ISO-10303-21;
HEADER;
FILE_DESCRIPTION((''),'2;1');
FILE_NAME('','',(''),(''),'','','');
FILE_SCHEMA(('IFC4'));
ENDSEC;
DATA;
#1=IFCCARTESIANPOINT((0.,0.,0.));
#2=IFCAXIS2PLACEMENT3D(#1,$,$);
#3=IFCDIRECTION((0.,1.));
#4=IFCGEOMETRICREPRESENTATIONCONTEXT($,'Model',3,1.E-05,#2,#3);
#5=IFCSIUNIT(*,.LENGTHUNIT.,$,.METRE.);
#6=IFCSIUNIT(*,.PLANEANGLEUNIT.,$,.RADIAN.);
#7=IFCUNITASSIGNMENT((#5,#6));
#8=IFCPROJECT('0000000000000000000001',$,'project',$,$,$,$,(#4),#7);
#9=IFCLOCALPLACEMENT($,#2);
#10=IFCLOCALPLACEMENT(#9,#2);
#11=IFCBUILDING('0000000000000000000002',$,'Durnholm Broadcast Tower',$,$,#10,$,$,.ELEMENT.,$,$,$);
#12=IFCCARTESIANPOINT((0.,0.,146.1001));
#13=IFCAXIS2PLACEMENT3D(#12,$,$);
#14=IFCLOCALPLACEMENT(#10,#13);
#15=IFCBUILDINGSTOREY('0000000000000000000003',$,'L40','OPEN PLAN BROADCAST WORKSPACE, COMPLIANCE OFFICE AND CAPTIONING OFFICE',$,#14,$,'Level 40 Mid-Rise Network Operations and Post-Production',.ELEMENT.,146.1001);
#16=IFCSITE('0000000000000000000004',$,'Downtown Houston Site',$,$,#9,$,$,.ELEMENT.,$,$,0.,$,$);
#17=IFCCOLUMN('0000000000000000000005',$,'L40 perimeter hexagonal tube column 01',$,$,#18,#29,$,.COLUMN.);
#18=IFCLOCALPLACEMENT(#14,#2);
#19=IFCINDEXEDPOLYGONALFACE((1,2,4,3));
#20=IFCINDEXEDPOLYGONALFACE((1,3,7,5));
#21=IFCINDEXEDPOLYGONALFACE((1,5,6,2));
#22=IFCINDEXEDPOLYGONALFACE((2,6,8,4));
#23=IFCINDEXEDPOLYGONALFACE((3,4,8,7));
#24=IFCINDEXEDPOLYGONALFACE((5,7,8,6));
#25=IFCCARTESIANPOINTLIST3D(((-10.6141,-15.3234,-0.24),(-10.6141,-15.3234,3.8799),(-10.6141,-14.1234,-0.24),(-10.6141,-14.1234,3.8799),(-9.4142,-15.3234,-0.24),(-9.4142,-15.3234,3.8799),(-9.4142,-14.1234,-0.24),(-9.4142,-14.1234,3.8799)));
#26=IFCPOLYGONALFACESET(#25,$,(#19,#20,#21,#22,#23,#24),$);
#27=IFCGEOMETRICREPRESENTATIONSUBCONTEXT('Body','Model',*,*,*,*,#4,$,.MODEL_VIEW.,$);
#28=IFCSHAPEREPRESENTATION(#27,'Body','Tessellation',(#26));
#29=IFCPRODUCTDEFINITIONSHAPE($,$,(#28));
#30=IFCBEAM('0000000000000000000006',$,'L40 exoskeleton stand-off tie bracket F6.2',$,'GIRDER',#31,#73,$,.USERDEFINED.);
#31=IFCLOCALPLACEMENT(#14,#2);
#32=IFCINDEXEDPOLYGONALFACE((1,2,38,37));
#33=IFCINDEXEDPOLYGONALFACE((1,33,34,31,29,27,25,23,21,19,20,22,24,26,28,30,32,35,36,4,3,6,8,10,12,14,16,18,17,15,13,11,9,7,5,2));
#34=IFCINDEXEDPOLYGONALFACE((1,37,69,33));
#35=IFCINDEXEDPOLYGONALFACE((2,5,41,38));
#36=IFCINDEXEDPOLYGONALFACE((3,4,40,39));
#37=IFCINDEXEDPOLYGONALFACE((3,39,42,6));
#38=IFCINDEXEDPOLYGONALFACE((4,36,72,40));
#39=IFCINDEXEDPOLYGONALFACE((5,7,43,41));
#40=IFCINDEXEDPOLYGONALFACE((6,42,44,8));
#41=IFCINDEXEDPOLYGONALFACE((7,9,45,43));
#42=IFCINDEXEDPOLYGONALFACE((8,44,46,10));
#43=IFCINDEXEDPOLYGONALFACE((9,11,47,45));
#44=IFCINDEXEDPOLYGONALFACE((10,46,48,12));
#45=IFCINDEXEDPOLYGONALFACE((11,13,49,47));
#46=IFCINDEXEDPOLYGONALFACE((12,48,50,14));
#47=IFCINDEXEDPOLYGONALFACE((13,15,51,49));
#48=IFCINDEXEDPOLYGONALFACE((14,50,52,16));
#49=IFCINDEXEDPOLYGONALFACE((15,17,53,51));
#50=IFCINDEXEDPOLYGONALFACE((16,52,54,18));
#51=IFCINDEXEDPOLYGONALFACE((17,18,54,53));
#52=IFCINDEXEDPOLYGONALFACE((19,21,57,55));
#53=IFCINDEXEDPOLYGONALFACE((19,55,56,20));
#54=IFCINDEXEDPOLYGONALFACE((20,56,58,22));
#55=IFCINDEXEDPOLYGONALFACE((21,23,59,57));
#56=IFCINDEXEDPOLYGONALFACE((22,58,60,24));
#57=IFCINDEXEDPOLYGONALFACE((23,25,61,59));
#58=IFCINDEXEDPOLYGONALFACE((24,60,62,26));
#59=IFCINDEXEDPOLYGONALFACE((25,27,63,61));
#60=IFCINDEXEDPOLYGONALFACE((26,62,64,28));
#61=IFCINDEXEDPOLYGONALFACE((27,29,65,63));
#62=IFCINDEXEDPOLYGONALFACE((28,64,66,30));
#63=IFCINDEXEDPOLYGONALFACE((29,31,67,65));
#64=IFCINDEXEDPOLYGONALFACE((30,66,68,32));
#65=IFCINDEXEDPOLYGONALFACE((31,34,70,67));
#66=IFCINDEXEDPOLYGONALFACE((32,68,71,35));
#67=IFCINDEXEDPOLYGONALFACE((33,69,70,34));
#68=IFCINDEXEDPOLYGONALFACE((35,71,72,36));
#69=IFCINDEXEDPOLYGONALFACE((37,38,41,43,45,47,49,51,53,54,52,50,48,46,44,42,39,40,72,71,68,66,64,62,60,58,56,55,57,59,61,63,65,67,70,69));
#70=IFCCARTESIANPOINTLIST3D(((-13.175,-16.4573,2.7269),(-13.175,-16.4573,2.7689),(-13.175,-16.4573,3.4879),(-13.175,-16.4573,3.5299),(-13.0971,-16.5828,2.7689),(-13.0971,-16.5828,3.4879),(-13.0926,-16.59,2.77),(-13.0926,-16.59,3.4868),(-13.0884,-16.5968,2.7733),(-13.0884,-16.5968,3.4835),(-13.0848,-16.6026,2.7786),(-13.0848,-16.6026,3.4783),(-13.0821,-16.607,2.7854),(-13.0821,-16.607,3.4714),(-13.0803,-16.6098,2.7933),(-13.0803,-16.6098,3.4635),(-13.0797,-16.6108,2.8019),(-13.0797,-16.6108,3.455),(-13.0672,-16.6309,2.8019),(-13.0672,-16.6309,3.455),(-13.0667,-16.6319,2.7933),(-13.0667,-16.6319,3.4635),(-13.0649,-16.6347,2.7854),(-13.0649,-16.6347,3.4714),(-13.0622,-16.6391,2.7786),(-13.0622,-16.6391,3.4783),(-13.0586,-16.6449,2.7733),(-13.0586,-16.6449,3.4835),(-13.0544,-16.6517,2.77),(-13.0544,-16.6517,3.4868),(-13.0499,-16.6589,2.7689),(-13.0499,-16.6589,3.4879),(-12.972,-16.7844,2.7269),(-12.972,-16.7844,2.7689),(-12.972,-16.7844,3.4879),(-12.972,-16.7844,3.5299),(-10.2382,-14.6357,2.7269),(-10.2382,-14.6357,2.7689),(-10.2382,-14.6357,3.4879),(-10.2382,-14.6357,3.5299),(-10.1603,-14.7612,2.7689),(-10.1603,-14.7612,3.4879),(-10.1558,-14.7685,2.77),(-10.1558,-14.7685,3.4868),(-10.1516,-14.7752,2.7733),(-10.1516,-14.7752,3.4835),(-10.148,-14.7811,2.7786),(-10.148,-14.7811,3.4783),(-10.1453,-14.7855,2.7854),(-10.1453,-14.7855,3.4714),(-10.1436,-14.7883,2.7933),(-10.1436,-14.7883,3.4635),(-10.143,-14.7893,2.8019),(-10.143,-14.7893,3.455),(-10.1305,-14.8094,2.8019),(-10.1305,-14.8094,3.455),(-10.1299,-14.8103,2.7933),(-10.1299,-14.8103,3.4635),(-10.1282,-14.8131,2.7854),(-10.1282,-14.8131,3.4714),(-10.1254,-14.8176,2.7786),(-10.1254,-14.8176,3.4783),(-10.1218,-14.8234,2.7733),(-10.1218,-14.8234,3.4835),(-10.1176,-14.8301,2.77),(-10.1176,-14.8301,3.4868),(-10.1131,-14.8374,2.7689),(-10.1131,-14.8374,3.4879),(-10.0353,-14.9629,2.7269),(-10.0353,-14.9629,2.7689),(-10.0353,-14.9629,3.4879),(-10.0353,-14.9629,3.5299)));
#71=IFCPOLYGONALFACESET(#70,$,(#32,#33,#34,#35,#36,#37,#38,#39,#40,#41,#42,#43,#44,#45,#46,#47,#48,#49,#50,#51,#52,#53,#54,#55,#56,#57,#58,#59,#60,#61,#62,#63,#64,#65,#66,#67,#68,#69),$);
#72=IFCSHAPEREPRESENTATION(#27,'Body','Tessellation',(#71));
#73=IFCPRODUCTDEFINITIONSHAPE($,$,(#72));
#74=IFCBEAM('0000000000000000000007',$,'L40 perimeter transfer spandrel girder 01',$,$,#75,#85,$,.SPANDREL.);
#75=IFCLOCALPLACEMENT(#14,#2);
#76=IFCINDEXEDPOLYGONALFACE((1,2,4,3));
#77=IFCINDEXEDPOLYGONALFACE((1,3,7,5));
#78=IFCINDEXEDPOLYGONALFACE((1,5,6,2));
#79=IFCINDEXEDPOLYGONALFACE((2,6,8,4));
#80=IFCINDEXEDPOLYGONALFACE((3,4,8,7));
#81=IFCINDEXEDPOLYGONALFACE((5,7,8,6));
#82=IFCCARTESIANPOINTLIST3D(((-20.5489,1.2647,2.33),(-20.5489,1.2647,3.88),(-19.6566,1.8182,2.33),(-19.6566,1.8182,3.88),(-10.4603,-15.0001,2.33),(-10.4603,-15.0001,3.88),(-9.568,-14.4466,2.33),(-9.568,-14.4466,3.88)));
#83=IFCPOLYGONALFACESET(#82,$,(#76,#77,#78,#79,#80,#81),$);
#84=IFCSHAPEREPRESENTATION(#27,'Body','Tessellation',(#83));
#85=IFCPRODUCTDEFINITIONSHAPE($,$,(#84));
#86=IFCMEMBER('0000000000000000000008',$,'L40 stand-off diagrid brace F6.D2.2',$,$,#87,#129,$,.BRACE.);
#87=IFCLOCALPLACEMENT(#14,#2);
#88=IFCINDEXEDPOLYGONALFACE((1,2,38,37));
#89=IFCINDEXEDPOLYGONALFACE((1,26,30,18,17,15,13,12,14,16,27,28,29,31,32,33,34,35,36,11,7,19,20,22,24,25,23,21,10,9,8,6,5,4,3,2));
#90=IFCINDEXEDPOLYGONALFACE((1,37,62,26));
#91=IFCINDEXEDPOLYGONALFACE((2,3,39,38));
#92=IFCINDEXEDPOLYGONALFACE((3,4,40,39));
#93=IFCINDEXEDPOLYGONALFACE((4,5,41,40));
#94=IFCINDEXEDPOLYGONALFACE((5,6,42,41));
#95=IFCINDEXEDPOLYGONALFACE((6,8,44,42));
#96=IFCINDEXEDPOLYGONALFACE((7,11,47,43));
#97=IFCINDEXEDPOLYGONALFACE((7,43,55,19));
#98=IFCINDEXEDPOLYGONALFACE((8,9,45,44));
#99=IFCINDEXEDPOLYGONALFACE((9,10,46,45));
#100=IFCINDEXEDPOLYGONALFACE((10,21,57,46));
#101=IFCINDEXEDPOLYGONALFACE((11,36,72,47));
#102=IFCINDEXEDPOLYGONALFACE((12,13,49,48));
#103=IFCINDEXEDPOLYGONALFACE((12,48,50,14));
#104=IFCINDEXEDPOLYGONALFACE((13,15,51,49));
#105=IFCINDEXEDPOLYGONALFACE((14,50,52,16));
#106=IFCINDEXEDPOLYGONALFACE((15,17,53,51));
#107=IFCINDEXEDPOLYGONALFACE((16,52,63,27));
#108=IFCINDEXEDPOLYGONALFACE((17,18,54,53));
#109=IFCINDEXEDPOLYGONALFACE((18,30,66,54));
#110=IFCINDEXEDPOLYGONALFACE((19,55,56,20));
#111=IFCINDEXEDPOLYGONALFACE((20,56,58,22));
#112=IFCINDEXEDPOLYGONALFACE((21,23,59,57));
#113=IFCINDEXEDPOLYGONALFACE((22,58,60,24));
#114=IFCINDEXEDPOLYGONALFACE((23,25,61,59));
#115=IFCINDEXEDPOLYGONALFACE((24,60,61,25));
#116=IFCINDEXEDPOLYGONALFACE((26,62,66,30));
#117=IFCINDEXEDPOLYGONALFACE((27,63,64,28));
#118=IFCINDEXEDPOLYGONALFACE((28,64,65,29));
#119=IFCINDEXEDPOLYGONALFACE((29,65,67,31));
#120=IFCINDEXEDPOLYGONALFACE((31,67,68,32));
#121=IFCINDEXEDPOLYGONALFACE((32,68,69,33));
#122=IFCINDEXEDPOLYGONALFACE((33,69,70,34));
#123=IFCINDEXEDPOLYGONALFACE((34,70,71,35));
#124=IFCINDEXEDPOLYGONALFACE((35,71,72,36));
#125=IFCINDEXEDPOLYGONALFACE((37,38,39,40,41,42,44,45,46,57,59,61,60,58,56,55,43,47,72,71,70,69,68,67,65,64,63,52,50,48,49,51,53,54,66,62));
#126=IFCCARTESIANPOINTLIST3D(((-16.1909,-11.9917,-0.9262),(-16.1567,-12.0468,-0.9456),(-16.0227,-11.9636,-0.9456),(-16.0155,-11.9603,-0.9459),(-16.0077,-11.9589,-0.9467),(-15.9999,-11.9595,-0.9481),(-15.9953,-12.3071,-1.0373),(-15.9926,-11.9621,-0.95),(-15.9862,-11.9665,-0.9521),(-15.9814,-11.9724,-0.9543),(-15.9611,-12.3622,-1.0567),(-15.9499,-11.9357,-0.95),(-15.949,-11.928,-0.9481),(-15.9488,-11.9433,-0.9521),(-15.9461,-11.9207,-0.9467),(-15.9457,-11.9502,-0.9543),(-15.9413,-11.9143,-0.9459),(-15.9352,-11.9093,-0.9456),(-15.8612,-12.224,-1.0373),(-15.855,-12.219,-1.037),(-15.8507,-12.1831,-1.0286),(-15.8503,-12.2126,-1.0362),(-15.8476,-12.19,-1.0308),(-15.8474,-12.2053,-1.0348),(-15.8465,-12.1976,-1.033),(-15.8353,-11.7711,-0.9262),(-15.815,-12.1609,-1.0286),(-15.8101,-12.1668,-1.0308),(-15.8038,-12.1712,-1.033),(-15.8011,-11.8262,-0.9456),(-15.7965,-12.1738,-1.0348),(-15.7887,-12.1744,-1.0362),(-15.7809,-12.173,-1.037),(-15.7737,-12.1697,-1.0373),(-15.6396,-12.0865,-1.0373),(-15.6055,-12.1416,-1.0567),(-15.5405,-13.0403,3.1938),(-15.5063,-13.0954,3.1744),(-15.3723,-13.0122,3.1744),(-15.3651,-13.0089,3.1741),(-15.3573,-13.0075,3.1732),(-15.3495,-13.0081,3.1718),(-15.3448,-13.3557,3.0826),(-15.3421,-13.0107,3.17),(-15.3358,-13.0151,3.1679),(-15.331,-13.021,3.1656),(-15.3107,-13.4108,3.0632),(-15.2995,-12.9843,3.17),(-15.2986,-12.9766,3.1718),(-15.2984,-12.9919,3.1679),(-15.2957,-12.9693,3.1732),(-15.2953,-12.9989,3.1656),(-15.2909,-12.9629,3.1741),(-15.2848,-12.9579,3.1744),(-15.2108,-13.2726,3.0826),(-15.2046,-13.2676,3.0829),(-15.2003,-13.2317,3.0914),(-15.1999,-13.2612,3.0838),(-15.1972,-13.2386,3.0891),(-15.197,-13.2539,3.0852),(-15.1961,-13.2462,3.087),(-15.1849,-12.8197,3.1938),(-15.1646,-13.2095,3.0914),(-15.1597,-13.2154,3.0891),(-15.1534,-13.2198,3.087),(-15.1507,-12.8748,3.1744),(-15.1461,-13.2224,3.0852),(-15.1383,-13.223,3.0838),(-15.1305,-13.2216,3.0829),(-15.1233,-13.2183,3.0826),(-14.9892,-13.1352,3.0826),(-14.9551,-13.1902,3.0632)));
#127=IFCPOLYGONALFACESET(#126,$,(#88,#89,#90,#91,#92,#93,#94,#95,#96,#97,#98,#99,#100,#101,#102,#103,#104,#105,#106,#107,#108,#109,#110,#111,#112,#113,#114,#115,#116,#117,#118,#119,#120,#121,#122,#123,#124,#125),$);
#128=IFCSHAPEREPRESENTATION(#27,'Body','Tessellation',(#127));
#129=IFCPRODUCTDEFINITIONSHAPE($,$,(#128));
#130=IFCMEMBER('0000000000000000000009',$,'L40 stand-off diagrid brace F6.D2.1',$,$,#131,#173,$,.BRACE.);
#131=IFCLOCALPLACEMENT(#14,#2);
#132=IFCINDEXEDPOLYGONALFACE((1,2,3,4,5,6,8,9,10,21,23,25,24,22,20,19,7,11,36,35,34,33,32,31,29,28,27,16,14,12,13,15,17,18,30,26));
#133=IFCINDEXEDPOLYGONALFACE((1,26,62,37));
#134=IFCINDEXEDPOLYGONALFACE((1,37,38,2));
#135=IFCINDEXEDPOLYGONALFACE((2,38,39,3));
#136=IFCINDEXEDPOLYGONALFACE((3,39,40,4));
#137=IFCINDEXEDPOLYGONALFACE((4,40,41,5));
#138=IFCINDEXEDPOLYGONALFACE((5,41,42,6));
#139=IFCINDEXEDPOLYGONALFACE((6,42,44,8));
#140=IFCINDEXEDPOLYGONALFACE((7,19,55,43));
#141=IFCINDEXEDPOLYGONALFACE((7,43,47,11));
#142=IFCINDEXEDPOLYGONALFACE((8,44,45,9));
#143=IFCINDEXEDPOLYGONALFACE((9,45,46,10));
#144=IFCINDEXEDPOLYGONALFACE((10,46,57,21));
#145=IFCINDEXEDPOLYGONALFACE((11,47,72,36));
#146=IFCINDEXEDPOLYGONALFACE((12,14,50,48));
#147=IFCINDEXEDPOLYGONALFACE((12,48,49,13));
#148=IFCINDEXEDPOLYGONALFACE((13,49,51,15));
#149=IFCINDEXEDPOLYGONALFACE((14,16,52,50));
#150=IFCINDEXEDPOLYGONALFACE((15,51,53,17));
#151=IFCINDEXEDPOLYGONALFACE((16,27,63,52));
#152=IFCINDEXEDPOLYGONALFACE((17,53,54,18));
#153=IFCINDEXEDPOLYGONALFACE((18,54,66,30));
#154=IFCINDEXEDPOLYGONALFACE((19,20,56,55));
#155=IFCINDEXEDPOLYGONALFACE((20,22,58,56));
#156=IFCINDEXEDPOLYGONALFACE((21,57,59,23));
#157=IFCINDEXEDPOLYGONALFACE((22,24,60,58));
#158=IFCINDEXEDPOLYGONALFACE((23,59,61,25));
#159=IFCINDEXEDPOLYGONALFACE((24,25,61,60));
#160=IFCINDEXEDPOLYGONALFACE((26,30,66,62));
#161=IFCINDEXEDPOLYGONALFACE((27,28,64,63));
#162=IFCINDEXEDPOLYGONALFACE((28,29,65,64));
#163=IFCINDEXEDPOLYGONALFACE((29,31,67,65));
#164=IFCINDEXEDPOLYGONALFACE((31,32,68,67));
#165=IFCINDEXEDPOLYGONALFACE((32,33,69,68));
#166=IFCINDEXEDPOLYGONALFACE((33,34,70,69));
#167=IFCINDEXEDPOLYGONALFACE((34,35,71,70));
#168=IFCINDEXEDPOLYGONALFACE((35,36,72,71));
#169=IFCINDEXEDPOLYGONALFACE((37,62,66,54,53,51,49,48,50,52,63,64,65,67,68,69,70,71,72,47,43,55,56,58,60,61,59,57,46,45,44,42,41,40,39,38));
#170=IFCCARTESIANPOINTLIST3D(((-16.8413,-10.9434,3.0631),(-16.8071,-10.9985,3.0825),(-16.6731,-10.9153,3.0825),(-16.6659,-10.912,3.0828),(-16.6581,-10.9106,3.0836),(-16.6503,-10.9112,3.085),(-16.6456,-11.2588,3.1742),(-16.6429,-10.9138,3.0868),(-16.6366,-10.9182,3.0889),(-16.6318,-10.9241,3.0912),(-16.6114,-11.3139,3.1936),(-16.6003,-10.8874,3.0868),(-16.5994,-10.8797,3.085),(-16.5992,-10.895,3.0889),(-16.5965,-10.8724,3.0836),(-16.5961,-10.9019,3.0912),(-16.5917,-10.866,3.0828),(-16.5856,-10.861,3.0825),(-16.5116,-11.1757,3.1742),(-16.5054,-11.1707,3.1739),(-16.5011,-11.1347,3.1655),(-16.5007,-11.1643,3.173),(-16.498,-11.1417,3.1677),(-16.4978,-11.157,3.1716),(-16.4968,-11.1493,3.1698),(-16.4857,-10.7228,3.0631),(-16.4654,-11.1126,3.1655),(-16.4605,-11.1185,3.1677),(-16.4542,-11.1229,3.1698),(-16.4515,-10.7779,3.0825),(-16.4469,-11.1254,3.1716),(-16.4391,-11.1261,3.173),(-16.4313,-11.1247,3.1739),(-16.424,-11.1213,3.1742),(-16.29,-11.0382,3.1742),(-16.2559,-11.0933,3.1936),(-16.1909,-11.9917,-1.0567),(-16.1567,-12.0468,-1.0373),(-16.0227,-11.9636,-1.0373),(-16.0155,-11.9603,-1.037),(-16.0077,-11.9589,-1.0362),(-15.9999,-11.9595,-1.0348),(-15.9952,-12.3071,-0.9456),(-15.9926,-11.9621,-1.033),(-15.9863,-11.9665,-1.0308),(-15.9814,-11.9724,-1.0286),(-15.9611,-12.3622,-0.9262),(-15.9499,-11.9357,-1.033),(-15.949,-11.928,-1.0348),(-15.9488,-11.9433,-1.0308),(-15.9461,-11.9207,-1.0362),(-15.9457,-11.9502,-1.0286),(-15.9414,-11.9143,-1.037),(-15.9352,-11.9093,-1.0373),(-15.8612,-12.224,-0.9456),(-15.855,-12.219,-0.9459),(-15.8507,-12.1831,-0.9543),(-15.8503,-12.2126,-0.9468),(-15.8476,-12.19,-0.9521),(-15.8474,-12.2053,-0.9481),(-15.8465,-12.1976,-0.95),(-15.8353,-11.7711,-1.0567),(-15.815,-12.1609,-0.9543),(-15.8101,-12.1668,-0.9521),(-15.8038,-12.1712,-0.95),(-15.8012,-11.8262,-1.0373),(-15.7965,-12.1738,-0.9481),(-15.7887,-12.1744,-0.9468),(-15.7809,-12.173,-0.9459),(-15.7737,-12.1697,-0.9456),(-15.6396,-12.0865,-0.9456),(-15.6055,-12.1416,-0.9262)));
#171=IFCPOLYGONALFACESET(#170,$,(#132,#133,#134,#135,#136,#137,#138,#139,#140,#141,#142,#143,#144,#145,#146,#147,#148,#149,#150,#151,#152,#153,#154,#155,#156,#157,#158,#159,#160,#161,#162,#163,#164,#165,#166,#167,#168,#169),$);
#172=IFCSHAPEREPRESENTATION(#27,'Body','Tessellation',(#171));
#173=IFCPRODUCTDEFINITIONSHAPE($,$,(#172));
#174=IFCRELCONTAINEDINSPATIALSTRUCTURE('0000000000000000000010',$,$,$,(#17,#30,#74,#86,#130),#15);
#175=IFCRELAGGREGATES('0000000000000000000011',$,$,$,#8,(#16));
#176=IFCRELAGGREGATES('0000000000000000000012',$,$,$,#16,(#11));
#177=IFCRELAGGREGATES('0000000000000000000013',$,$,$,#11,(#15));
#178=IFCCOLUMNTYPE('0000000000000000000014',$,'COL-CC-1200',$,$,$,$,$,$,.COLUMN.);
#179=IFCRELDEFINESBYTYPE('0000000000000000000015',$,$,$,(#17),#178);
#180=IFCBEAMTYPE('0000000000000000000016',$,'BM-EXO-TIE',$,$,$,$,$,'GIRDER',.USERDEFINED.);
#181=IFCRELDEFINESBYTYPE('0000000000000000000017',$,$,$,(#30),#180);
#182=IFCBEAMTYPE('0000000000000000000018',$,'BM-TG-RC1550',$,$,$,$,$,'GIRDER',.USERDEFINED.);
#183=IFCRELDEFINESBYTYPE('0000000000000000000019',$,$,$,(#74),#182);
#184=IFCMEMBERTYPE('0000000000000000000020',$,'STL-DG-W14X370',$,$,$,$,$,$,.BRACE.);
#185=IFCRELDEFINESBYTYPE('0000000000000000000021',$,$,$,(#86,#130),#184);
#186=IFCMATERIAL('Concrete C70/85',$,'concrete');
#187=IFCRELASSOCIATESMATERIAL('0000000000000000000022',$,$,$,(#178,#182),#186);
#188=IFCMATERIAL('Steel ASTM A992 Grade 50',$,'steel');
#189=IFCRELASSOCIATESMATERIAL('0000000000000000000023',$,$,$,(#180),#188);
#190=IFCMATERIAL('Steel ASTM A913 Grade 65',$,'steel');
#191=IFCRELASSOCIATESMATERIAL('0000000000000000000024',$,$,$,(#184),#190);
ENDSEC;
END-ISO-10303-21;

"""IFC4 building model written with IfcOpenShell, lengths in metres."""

from ifc_helpers import new_model, si_unit, direction, frame, origin, origin_2d, place, context, subcontext, project, spatial, rectangle, i_section, extrude, source, transform, mapped, material, material_profile, profile_set, type_object, type_shapes, element, save


model = new_model("IFC4")

# Units and contexts
model_context = context("Model", 3, precision=1e-05, world=origin(), true_north=direction((0.0, 1.0)))
body_context = subcontext(model_context, "Body", "Model", "MODEL_VIEW")
ifc_project = project(units=[si_unit("LENGTHUNIT", "METRE"), si_unit("PLANEANGLEUNIT", "RADIAN")], contexts=[model_context])

# Site, building, storey
site_placement = place(None, origin())
site = spatial("IfcSite", under=ifc_project, at=site_placement, Name="Downtown Houston Site", CompositionType="ELEMENT", RefElevation=0.0)
building_placement = place(site_placement, origin())
building = spatial("IfcBuilding", under=site, at=building_placement, Name="Durnholm Broadcast Tower", CompositionType="ELEMENT")
storey_placement = place(building_placement, frame((0.0, 0.0, 146.1001)))
storey = spatial("IfcBuildingStorey", under=building, at=storey_placement, Name="L40", Description="OPEN PLAN BROADCAST WORKSPACE, COMPLIANCE OFFICE AND CAPTIONING OFFICE", LongName="Level 40 Mid-Rise Network Operations and Post-Production", CompositionType="ELEMENT", Elevation=146.1001)

# Column
ifc_material_1 = material(Name="Concrete C70/85", Category="concrete")
ifc_material_profile_1 = material_profile(ifc_material_1, rectangle(XDim=1.2, YDim=1.2, at=origin_2d()), Name="RC1200X1200")
ifc_profile_set_1 = profile_set([ifc_material_profile_1], Name="Concrete C70/85")
column_type = type_object("IfcColumnType", Name="COL-CC-1200", PredefinedType="COLUMN", material=ifc_profile_set_1)
shared_shape_1 = source(origin(), body_context, "Body", "SweptSolid", [
    extrude(rectangle(XDim=1.2, YDim=1.2, at=origin_2d()), origin(), (0.0, 0.0, 1.0), 4.1199),
])
type_shapes(column_type, [shared_shape_1])
column_placement = place(storey_placement, frame((-10.0142, -14.7234, -0.24), z_axis=(0.0, 0.0, 1.0), x_axis=(1.0, 0.0, 0.0)))
element("IfcColumn", 1, at=column_placement, inside=storey, type_object=column_type, Name="L40 perimeter hexagonal tube column 01", PredefinedType="COLUMN", context=body_context, shape_type="MappedRepresentation", body=[
    mapped(shared_shape_1, transform((0.0, 0.0, 0.0), x_axis=(1.0, 0.0, 0.0), y_axis=(0.0, 1.0, 0.0), z_axis=(0.0, 0.0, 1.0), scale=1.0)),
])

# Beams
ifc_material_2 = material(Name="Steel ASTM A992 Grade 50", Category="steel")
ifc_material_profile_2 = material_profile(ifc_material_2, i_section(OverallWidth=0.385, OverallDepth=0.803, WebThickness=0.0237, FlangeThickness=0.042, FilletRadius=0.033, at=origin_2d()), Name="W30X261")
ifc_profile_set_2 = profile_set([ifc_material_profile_2], Name="Steel ASTM A992 Grade 50")
beam_type_1 = type_object("IfcBeamType", Name="BM-EXO-TIE", ElementType="GIRDER", PredefinedType="USERDEFINED", material=ifc_profile_set_2)
shared_shape_2 = source(origin(), body_context, "Body", "SweptSolid", [
    extrude(i_section(OverallWidth=0.385, OverallDepth=0.803, WebThickness=0.0237, FlangeThickness=0.042, FilletRadius=0.033, at=origin_2d()), origin(), (0.0, 0.0, 1.0), 3.4558),
])
type_shapes(beam_type_1, [shared_shape_2])
beam_1_placement = place(storey_placement, frame((-10.1367, -14.7993, 3.1284), z_axis=(-0.849807, -0.527094, 0.0), x_axis=(0.527094, -0.849807, 0.0)))
element("IfcBeam", 2, at=beam_1_placement, inside=storey, type_object=beam_type_1, Name="L40 exoskeleton stand-off tie bracket F6.2", ObjectType="GIRDER", PredefinedType="USERDEFINED", context=body_context, shape_type="MappedRepresentation", body=[
    mapped(shared_shape_2, transform((0.0, 0.0, 0.0), x_axis=(1.0, 0.0, 0.0), y_axis=(0.0, 1.0, 0.0), z_axis=(0.0, 0.0, 1.0), scale=1.0)),
])
ifc_material_profile_3 = material_profile(ifc_material_1, rectangle(XDim=1.05, YDim=1.55, at=origin_2d()), Name="RC1050X1550")
ifc_profile_set_3 = profile_set([ifc_material_profile_3], Name="Concrete C70/85")
beam_type_2 = type_object("IfcBeamType", Name="BM-TG-RC1550", ElementType="GIRDER", PredefinedType="USERDEFINED", material=ifc_profile_set_3)
shared_shape_3 = source(origin(), body_context, "Body", "SweptSolid", [
    extrude(rectangle(XDim=1.05, YDim=1.55, at=origin_2d()), origin(), (0.0, 0.0, 1.0), 19.1396),
])
type_shapes(beam_type_2, [shared_shape_3])
beam_2_placement = place(storey_placement, frame((-10.0142, -14.7234, 3.105), z_axis=(-0.527105, 0.8498, 0.0), x_axis=(-0.8498, -0.527105, 0.0)))
element("IfcBeam", 3, at=beam_2_placement, inside=storey, type_object=beam_type_2, Name="L40 perimeter transfer spandrel girder 01", PredefinedType="SPANDREL", context=body_context, shape_type="MappedRepresentation", body=[
    mapped(shared_shape_3, transform((0.0, 0.0, 0.0), x_axis=(1.0, 0.0, 0.0), y_axis=(0.0, 1.0, 0.0), z_axis=(0.0, 0.0, 1.0), scale=1.0)),
])

# Members
ifc_material_3 = material(Name="Steel ASTM A913 Grade 65", Category="steel")
ifc_material_profile_4 = material_profile(ifc_material_3, i_section(OverallWidth=0.4185, OverallDepth=0.4551, WebThickness=0.042, FlangeThickness=0.0676, FilletRadius=0.0305, at=origin_2d()), Name="W14X370")
ifc_profile_set_4 = profile_set([ifc_material_profile_4], Name="Steel ASTM A913 Grade 65")
member_type_1 = type_object("IfcMemberType", Name="STL-DG-W14X370", PredefinedType="BRACE", material=ifc_profile_set_4)
shared_shape_4 = source(origin(), body_context, "Body", "SweptSolid", [
    extrude(i_section(OverallWidth=0.4185, OverallDepth=0.4551, WebThickness=0.042, FlangeThickness=0.0676, FilletRadius=0.0305, at=origin_2d()), origin(), (0.0, 0.0, 1.0), 4.3008),
])
member_1_placement = place(storey_placement, frame((-15.8982, -12.0667, -0.9915), z_axis=(0.15123, -0.243818, 0.957957), x_axis=(0.849805, 0.527097, 0.0)))
element("IfcMember", 4, at=member_1_placement, inside=storey, type_object=member_type_1, Name="L40 stand-off diagrid brace F6.D2.2", PredefinedType="BRACE", context=body_context, shape_type="MappedRepresentation", body=[
    mapped(shared_shape_4, transform((0.0, 0.0, 0.0), x_axis=(1.0, 0.0, 0.0), y_axis=(0.0, 1.0, 0.0), z_axis=(0.0, 0.0, 1.0), scale=1.0)),
])
shared_shape_5 = source(origin(), body_context, "Body", "SweptSolid", [
    extrude(i_section(OverallWidth=0.4185, OverallDepth=0.4551, WebThickness=0.042, FlangeThickness=0.0676, FilletRadius=0.0305, at=origin_2d()), origin(), (0.0, 0.0, 1.0), 4.3005),
])
type_shapes(member_type_1, [shared_shape_4, shared_shape_5])
member_2_placement = place(storey_placement, frame((-15.8982, -12.0667, -0.9915), z_axis=(-0.151232, 0.243765, 0.957971), x_axis=(-0.84975, -0.527186, 0.0)))
element("IfcMember", 5, at=member_2_placement, inside=storey, type_object=member_type_1, Name="L40 stand-off diagrid brace F6.D2.1", PredefinedType="BRACE", context=body_context, shape_type="MappedRepresentation", body=[
    mapped(shared_shape_5, transform((0.0, 0.0, 0.0), x_axis=(1.0, 0.0, 0.0), y_axis=(0.0, 1.0, 0.0), z_axis=(0.0, 0.0, 1.0), scale=1.0)),
])

save(model, "model.ifc")
